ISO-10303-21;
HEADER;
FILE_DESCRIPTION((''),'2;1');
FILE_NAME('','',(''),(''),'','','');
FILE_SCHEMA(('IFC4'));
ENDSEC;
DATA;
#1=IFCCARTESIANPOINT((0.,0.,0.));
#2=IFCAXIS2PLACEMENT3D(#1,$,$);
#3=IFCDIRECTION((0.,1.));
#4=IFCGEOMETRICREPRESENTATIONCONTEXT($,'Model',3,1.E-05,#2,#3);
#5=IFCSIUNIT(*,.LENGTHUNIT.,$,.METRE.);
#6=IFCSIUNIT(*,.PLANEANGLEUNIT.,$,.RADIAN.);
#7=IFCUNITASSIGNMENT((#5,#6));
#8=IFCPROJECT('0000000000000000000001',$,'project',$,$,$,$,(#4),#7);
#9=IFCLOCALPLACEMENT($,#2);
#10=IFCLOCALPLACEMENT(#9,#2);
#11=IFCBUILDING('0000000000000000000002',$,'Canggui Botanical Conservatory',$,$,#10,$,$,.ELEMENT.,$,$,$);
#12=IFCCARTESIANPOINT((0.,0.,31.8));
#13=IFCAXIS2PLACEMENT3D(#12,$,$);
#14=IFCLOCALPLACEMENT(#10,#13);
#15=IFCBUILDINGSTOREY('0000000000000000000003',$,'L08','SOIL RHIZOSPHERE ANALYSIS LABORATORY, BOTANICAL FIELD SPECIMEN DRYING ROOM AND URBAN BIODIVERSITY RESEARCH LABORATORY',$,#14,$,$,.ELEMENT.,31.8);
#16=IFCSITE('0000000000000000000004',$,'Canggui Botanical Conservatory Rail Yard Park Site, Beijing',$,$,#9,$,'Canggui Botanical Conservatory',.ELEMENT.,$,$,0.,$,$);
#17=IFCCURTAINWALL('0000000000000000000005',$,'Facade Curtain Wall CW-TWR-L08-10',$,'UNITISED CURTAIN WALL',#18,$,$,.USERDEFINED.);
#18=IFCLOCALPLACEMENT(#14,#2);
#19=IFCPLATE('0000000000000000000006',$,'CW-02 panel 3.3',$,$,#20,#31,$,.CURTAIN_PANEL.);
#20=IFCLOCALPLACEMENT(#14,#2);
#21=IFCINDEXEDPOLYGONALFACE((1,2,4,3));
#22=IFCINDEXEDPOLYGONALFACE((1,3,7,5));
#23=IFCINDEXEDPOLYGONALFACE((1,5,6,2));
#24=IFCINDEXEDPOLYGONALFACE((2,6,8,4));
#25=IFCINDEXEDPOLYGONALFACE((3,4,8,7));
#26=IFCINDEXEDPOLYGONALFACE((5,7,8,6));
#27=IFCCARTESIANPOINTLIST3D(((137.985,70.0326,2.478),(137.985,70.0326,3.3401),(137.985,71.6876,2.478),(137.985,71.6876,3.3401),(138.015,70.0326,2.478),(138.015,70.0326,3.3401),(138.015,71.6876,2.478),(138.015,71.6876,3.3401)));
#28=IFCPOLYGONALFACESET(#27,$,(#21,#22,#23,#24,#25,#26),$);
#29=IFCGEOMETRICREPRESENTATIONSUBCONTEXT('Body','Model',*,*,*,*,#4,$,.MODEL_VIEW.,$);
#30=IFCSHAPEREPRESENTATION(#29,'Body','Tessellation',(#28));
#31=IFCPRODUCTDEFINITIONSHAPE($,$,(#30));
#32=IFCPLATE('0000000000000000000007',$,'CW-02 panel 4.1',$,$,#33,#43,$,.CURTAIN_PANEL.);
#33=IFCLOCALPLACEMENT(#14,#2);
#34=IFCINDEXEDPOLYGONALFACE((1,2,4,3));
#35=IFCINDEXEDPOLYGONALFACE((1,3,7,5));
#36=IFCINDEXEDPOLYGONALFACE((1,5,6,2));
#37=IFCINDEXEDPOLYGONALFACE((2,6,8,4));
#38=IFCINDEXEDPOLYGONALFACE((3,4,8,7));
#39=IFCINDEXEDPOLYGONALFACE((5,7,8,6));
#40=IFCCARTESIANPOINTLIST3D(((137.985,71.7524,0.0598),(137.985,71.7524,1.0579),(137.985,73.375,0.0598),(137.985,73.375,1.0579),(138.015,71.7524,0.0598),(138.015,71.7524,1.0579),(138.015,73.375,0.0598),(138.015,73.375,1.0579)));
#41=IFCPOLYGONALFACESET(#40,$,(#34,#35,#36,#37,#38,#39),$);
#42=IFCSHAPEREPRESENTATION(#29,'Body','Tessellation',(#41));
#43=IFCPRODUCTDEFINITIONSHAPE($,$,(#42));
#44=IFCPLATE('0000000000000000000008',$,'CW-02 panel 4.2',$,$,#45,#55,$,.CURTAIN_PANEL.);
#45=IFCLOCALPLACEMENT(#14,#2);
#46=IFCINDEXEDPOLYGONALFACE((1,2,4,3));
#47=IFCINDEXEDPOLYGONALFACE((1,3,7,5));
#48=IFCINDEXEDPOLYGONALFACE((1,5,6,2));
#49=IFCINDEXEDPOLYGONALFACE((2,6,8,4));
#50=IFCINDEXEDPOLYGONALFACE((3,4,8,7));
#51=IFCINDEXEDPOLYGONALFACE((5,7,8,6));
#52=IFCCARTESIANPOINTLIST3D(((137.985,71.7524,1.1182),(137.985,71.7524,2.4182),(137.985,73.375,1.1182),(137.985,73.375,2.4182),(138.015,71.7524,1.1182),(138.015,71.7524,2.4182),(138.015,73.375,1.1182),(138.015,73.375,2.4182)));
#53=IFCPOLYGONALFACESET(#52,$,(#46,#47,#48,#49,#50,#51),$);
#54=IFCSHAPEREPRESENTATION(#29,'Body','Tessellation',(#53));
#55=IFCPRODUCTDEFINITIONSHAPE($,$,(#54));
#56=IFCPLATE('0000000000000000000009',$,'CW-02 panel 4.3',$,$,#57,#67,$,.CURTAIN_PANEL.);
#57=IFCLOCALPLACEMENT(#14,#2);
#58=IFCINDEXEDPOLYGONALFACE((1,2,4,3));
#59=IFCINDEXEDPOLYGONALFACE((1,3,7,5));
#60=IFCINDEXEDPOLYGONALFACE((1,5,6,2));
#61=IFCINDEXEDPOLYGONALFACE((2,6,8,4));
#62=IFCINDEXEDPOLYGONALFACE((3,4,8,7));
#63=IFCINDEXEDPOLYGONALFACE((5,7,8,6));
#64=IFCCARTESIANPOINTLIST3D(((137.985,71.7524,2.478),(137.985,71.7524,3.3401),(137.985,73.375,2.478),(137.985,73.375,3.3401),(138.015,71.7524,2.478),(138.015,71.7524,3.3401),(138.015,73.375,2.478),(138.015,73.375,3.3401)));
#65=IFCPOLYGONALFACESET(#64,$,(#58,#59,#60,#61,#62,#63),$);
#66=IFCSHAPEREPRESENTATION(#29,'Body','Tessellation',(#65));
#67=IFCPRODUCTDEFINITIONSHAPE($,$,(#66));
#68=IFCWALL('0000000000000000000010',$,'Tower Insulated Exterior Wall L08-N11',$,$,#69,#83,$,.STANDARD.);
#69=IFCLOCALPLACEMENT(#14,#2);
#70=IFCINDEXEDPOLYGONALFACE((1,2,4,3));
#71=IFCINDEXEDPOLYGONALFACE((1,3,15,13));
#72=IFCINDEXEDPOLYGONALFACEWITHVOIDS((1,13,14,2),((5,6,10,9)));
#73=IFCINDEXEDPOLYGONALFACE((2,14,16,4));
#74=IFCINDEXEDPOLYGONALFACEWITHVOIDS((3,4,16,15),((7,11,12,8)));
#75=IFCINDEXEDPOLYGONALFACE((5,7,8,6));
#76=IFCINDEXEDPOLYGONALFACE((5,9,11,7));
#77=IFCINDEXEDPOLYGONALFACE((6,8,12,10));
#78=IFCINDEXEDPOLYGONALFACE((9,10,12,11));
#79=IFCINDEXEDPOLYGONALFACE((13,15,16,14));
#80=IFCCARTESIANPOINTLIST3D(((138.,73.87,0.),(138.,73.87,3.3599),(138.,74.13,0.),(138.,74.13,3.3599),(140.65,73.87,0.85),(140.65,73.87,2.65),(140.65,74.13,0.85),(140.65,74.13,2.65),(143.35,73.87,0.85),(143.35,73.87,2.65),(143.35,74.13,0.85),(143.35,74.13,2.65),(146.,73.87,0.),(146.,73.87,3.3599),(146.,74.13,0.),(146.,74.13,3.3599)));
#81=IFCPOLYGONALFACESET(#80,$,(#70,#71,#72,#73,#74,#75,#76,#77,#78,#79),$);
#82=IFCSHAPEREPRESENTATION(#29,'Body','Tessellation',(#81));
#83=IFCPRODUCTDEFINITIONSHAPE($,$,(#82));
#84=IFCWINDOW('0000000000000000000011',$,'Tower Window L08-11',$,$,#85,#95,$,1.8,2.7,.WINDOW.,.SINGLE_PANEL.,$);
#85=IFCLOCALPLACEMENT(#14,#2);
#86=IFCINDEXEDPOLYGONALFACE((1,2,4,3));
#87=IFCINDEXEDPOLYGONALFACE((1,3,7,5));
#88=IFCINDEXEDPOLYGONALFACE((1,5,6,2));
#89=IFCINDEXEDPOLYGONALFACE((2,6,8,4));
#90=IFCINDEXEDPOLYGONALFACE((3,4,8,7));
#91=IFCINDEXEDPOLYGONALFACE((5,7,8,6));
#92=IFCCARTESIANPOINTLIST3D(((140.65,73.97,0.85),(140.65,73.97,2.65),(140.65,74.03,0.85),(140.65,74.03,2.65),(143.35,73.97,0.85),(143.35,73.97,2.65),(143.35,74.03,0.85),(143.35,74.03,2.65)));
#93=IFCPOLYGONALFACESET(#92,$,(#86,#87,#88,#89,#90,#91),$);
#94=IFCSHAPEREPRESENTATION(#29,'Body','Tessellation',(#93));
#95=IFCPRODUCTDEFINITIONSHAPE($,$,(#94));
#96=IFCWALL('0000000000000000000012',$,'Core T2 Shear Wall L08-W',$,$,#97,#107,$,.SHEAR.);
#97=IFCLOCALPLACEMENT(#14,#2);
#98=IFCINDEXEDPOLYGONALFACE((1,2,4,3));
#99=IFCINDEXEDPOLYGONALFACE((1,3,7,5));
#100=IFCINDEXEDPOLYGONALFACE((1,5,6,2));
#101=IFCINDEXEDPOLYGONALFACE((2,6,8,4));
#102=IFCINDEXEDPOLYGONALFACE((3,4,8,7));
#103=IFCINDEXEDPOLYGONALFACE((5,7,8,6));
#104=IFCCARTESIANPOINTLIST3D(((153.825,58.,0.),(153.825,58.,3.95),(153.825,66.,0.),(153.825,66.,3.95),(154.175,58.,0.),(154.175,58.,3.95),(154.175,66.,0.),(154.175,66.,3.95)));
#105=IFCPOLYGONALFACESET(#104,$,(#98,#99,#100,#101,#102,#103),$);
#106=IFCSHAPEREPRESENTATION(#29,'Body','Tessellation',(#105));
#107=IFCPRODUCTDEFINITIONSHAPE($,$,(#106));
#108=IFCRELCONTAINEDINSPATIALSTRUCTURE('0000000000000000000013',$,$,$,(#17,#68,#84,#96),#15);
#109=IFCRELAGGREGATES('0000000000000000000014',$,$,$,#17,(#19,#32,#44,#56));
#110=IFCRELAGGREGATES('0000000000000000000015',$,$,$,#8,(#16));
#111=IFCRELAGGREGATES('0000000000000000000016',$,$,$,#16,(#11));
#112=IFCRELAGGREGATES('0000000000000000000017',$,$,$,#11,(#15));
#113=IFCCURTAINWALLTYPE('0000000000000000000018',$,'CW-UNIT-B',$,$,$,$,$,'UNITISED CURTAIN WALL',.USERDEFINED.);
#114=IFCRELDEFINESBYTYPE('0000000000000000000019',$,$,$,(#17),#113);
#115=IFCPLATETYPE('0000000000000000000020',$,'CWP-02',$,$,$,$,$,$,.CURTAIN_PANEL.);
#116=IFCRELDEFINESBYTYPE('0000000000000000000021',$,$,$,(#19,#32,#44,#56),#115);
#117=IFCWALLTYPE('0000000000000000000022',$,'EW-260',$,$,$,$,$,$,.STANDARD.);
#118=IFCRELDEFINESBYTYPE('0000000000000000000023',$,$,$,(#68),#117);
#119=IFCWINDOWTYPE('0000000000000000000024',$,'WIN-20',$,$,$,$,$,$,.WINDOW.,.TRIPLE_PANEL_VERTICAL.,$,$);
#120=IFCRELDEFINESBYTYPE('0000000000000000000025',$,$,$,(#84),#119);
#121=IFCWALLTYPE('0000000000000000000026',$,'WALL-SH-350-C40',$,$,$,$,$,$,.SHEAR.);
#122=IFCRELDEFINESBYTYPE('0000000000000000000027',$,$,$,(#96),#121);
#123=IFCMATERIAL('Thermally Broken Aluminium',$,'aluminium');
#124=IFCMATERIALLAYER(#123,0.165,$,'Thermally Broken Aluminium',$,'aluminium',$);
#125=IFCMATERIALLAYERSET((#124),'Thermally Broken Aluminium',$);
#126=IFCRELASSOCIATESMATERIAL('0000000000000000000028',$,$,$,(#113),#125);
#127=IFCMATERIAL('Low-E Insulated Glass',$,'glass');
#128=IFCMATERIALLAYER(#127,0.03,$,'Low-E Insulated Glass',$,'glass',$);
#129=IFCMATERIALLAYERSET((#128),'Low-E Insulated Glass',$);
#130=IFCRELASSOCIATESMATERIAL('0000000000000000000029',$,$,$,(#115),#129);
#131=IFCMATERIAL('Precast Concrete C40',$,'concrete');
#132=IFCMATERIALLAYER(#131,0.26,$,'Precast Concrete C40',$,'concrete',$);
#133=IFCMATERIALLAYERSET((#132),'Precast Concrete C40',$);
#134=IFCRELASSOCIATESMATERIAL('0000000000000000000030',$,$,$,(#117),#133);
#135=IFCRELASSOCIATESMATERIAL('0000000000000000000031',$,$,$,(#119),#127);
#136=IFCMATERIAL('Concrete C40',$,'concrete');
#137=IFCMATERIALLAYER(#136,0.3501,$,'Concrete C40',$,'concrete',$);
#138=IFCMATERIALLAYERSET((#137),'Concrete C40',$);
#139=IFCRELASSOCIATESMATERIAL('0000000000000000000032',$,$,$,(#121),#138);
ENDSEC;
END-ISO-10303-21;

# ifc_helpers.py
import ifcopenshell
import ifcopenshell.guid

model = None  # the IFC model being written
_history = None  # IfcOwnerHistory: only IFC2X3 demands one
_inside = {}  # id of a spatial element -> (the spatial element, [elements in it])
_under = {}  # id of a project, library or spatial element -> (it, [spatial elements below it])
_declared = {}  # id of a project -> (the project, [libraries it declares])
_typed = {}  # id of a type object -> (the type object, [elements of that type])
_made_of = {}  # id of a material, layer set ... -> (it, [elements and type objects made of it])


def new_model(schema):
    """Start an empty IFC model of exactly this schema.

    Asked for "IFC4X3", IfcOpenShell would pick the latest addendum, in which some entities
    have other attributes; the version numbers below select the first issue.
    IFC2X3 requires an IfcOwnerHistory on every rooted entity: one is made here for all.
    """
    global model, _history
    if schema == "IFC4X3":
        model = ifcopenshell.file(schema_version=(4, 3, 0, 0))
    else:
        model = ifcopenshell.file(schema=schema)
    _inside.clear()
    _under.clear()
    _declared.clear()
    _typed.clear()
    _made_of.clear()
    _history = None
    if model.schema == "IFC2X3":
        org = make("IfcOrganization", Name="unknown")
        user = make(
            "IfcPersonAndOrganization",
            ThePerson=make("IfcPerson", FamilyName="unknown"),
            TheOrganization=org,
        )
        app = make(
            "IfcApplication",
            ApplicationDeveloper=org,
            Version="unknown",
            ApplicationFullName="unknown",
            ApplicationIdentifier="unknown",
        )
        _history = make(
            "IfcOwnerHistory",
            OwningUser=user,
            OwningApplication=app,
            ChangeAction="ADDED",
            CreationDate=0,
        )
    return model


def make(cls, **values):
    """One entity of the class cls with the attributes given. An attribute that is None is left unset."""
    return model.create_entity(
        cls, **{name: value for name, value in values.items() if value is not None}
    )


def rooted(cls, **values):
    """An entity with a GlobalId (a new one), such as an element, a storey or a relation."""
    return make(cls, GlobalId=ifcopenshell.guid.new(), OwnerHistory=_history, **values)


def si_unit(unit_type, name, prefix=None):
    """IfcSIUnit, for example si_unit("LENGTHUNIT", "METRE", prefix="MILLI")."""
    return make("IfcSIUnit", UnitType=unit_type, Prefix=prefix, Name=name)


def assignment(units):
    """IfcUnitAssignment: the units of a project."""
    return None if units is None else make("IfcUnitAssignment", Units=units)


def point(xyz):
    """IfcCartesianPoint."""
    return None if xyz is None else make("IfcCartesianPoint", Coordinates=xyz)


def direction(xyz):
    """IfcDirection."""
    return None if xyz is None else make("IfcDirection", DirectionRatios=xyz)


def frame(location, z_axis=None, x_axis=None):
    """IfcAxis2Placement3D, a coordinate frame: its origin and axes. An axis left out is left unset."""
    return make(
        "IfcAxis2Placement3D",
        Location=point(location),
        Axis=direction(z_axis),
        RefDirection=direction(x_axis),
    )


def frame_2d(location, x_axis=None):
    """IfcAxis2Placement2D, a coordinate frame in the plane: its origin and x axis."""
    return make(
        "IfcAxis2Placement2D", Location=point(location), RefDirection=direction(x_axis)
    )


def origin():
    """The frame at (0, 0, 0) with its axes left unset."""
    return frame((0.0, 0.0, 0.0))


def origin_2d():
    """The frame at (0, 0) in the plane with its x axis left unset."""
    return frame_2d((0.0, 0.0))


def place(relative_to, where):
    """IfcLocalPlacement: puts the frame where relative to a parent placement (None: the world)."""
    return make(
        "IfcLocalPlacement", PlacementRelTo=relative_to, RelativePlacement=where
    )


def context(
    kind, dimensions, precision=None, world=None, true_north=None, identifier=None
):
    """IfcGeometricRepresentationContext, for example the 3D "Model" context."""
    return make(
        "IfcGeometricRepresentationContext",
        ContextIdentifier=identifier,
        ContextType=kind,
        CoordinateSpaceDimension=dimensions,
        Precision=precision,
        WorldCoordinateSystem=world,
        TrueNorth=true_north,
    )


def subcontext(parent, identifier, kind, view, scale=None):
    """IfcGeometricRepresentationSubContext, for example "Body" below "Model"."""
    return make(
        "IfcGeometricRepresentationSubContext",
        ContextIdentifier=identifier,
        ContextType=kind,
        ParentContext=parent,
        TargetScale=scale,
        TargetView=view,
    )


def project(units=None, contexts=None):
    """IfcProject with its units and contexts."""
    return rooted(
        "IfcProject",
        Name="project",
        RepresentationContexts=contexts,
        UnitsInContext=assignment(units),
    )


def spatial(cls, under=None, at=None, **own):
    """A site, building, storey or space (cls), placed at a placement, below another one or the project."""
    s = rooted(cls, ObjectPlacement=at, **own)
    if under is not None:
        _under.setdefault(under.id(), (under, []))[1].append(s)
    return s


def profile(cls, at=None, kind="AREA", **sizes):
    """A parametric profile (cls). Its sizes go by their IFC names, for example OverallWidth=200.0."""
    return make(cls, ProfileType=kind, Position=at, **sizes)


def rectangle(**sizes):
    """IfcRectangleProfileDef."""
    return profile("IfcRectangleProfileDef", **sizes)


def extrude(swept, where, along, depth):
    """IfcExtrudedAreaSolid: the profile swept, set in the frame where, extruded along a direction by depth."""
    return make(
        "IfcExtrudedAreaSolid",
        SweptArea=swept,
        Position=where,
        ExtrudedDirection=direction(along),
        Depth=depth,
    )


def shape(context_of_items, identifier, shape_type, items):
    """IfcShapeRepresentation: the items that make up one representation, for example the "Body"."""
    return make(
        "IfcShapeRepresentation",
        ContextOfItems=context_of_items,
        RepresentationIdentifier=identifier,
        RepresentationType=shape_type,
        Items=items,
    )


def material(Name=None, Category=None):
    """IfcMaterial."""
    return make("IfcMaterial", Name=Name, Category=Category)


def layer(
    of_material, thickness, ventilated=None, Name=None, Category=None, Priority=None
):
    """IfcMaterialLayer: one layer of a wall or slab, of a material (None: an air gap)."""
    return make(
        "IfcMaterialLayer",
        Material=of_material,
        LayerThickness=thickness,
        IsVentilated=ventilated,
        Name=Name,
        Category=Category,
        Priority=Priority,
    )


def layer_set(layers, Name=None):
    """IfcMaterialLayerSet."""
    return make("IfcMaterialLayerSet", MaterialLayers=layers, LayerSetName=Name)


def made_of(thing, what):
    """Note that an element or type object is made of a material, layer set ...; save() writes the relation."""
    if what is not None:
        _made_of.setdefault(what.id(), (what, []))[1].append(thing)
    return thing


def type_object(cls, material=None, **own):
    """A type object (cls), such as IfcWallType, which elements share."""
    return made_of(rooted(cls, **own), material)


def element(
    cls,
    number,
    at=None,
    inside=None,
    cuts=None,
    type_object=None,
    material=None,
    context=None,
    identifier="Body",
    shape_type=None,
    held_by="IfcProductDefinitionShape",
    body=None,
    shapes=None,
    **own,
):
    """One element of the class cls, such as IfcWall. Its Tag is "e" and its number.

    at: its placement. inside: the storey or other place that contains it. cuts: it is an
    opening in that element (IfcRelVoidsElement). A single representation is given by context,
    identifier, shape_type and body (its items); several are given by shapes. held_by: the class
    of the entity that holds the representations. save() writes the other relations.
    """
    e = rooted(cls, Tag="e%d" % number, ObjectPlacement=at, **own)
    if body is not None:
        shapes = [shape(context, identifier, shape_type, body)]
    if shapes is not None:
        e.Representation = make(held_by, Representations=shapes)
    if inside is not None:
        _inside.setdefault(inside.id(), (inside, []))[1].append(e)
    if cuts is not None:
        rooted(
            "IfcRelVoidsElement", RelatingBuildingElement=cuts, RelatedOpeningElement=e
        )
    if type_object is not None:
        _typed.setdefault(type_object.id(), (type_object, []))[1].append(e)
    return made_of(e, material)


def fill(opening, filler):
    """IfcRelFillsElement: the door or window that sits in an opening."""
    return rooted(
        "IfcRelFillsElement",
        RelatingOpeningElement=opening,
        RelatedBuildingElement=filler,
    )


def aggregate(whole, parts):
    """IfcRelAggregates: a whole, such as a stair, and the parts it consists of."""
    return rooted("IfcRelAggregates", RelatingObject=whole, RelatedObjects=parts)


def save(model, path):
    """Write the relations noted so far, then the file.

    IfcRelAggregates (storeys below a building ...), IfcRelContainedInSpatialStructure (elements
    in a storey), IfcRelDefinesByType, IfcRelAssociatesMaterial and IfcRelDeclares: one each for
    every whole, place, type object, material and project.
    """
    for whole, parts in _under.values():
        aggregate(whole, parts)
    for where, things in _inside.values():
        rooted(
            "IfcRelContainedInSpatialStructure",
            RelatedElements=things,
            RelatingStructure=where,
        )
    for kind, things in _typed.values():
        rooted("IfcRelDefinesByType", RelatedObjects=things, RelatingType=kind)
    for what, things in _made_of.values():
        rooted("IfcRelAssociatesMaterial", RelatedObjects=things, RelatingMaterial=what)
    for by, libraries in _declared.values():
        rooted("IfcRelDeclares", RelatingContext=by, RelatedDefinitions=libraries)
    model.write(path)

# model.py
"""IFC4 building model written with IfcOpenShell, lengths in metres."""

from ifc_helpers import new_model, si_unit, direction, frame, frame_2d, origin, origin_2d, place, context, subcontext, project, spatial, rectangle, extrude, material, layer, layer_set, type_object, element, fill, aggregate, save


model = new_model("IFC4")

# Units and contexts
model_context = context("Model", 3, precision=1e-05, world=origin(), true_north=direction((0.0, 1.0)))
body_context = subcontext(model_context, "Body", "Model", "MODEL_VIEW")
ifc_project = project(units=[si_unit("LENGTHUNIT", "METRE"), si_unit("PLANEANGLEUNIT", "RADIAN")], contexts=[model_context])

# Site, building, storey
site_placement = place(None, origin())
site = spatial("IfcSite", under=ifc_project, at=site_placement, Name="Canggui Botanical Conservatory Rail Yard Park Site, Beijing", LongName="Canggui Botanical Conservatory", CompositionType="ELEMENT", RefElevation=0.0)
building_placement = place(site_placement, origin())
building = spatial("IfcBuilding", under=site, at=building_placement, Name="Canggui Botanical Conservatory", CompositionType="ELEMENT")
storey_placement = place(building_placement, frame((0.0, 0.0, 31.8)))
storey = spatial("IfcBuildingStorey", under=building, at=storey_placement, Name="L08", Description="SOIL RHIZOSPHERE ANALYSIS LABORATORY, BOTANICAL FIELD SPECIMEN DRYING ROOM AND URBAN BIODIVERSITY RESEARCH LABORATORY", CompositionType="ELEMENT", Elevation=31.8)

# Shared definitions
ifc_material_1 = material(Name="Concrete C40", Category="concrete")

# Shared definitions
ifc_material_2 = material(Name="Thermally Broken Aluminium", Category="aluminium")
ifc_layer_1 = layer(ifc_material_2, 0.165, Name="Thermally Broken Aluminium", Category="aluminium")
ifc_layer_set_1 = layer_set([ifc_layer_1], Name="Thermally Broken Aluminium")
curtain_wall_type = type_object("IfcCurtainWallType", Name="CW-UNIT-B", ElementType="UNITISED CURTAIN WALL", PredefinedType="USERDEFINED", material=ifc_layer_set_1)

# Curtain wall, plates
curtain_wall_1_placement = place(storey_placement, origin())
curtain_wall_1 = element("IfcCurtainWall", 1, at=curtain_wall_1_placement, inside=storey, type_object=curtain_wall_type, Name="Facade Curtain Wall CW-TWR-L08-10", ObjectType="UNITISED CURTAIN WALL", PredefinedType="USERDEFINED")
ifc_material_3 = material(Name="Low-E Insulated Glass", Category="glass")
ifc_layer_2 = layer(ifc_material_3, 0.03, Name="Low-E Insulated Glass", Category="glass")
ifc_layer_set_2 = layer_set([ifc_layer_2], Name="Low-E Insulated Glass")
plate_type = type_object("IfcPlateType", Name="CWP-02", PredefinedType="CURTAIN_PANEL", material=ifc_layer_set_2)
plate_1_placement = place(storey_placement, frame((138.0, 70.8601, 2.478), z_axis=(0.0, 0.0, 1.0), x_axis=(0.0, 1.0, 0.0)))
plate_1 = element("IfcPlate", 2, at=plate_1_placement, type_object=plate_type, Name="CW-02 panel 3.3", PredefinedType="CURTAIN_PANEL", context=body_context, shape_type="SweptSolid", body=[
    extrude(rectangle(XDim=1.655, YDim=0.03, at=origin_2d()), origin(), (0.0, 0.0, 1.0), 0.8621),
])
plate_2_placement = place(storey_placement, frame((138.0, 72.5637, 0.0598), z_axis=(0.0, 0.0, 1.0), x_axis=(0.0, 1.0, 0.0)))
plate_2 = element("IfcPlate", 3, at=plate_2_placement, type_object=plate_type, Name="CW-02 panel 4.1", PredefinedType="CURTAIN_PANEL", context=body_context, shape_type="SweptSolid", body=[
    extrude(rectangle(XDim=1.6226, YDim=0.03, at=origin_2d()), origin(), (0.0, 0.0, 1.0), 0.998),
])
plate_3_placement = place(storey_placement, frame((138.0, 72.5637, 1.1182), z_axis=(0.0, 0.0, 1.0), x_axis=(0.0, 1.0, 0.0)))
plate_3 = element("IfcPlate", 4, at=plate_3_placement, type_object=plate_type, Name="CW-02 panel 4.2", PredefinedType="CURTAIN_PANEL", context=body_context, shape_type="SweptSolid", body=[
    extrude(rectangle(XDim=1.6226, YDim=0.03, at=origin_2d()), origin(), (0.0, 0.0, 1.0), 1.3),
])
plate_4_placement = place(storey_placement, frame((138.0, 72.5637, 2.478), z_axis=(0.0, 0.0, 1.0), x_axis=(0.0, 1.0, 0.0)))
plate_4 = element("IfcPlate", 5, at=plate_4_placement, type_object=plate_type, Name="CW-02 panel 4.3", PredefinedType="CURTAIN_PANEL", context=body_context, shape_type="SweptSolid", body=[
    extrude(rectangle(XDim=1.6226, YDim=0.03, at=origin_2d()), origin(), (0.0, 0.0, 1.0), 0.8621),
])
aggregate(curtain_wall_1, [plate_1, plate_2, plate_3, plate_4])

# Wall, opening, window
ifc_material_4 = material(Name="Precast Concrete C40", Category="concrete")
ifc_layer_3 = layer(ifc_material_4, 0.26, Name="Precast Concrete C40", Category="concrete")
ifc_layer_set_3 = layer_set([ifc_layer_3], Name="Precast Concrete C40")
wall_type_1 = type_object("IfcWallType", Name="EW-260", PredefinedType="STANDARD", material=ifc_layer_set_3)
wall_1_placement = place(storey_placement, frame((138.0, 74.0, 0.0), z_axis=(0.0, 0.0, 1.0), x_axis=(1.0, 0.0, 0.0)))
wall_1 = element("IfcWall", 6, at=wall_1_placement, inside=storey, type_object=wall_type_1, Name="Tower Insulated Exterior Wall L08-N11", PredefinedType="STANDARD", context=body_context, shape_type="SweptSolid", body=[
    extrude(rectangle(XDim=8.0, YDim=0.26, at=frame_2d((4.0, 0.0))), origin(), (0.0, 0.0, 1.0), 3.3599),
])
opening_placement = place(wall_1_placement, frame((2.6499, 0.0, 0.8501)))
opening = element("IfcOpeningElement", 7, at=opening_placement, cuts=wall_1, PredefinedType="OPENING", context=body_context, shape_type="SweptSolid", body=[
    extrude(rectangle(XDim=2.7, YDim=1.8, at=frame_2d((1.3501, 0.8999))), frame((0.0, 0.1401, 0.0), z_axis=(0.0, -1.0, 0.0), x_axis=(1.0, 0.0, 0.0)), (0.0, 0.0, 1.0), 0.28),
])
window_type = type_object("IfcWindowType", Name="WIN-20", PartitioningType="TRIPLE_PANEL_VERTICAL", PredefinedType="WINDOW", material=ifc_material_3)
window_placement = place(opening_placement, origin())
window = element("IfcWindow", 8, at=window_placement, inside=storey, type_object=window_type, Name="Tower Window L08-11", OverallHeight=1.8, OverallWidth=2.7, PartitioningType="SINGLE_PANEL", PredefinedType="WINDOW", context=body_context, shape_type="SweptSolid", body=[
    extrude(rectangle(XDim=2.7, YDim=1.8, at=frame_2d((1.3501, 0.8999))), frame((0.0, 0.03, 0.0), z_axis=(0.0, -1.0, 0.0), x_axis=(1.0, 0.0, 0.0)), (0.0, 0.0, 1.0), 0.0601),
])
fill(opening, window)

# Wall
ifc_layer_4 = layer(ifc_material_1, 0.3501, Name="Concrete C40", Category="concrete")
ifc_layer_set_4 = layer_set([ifc_layer_4], Name="Concrete C40")
wall_type_2 = type_object("IfcWallType", Name="WALL-SH-350-C40", PredefinedType="SHEAR", material=ifc_layer_set_4)
wall_2_placement = place(storey_placement, frame((154.0, 66.0, 0.0), z_axis=(0.0, 0.0, 1.0), x_axis=(0.0, -1.0, 0.0)))
element("IfcWall", 9, at=wall_2_placement, inside=storey, type_object=wall_type_2, Name="Core T2 Shear Wall L08-W", PredefinedType="SHEAR", context=body_context, shape_type="SweptSolid", body=[
    extrude(rectangle(XDim=8.0, YDim=0.3501, at=frame_2d((4.0, 0.0))), origin(), (0.0, 0.0, 1.0), 3.95),
])

save(model, "model.ifc")
